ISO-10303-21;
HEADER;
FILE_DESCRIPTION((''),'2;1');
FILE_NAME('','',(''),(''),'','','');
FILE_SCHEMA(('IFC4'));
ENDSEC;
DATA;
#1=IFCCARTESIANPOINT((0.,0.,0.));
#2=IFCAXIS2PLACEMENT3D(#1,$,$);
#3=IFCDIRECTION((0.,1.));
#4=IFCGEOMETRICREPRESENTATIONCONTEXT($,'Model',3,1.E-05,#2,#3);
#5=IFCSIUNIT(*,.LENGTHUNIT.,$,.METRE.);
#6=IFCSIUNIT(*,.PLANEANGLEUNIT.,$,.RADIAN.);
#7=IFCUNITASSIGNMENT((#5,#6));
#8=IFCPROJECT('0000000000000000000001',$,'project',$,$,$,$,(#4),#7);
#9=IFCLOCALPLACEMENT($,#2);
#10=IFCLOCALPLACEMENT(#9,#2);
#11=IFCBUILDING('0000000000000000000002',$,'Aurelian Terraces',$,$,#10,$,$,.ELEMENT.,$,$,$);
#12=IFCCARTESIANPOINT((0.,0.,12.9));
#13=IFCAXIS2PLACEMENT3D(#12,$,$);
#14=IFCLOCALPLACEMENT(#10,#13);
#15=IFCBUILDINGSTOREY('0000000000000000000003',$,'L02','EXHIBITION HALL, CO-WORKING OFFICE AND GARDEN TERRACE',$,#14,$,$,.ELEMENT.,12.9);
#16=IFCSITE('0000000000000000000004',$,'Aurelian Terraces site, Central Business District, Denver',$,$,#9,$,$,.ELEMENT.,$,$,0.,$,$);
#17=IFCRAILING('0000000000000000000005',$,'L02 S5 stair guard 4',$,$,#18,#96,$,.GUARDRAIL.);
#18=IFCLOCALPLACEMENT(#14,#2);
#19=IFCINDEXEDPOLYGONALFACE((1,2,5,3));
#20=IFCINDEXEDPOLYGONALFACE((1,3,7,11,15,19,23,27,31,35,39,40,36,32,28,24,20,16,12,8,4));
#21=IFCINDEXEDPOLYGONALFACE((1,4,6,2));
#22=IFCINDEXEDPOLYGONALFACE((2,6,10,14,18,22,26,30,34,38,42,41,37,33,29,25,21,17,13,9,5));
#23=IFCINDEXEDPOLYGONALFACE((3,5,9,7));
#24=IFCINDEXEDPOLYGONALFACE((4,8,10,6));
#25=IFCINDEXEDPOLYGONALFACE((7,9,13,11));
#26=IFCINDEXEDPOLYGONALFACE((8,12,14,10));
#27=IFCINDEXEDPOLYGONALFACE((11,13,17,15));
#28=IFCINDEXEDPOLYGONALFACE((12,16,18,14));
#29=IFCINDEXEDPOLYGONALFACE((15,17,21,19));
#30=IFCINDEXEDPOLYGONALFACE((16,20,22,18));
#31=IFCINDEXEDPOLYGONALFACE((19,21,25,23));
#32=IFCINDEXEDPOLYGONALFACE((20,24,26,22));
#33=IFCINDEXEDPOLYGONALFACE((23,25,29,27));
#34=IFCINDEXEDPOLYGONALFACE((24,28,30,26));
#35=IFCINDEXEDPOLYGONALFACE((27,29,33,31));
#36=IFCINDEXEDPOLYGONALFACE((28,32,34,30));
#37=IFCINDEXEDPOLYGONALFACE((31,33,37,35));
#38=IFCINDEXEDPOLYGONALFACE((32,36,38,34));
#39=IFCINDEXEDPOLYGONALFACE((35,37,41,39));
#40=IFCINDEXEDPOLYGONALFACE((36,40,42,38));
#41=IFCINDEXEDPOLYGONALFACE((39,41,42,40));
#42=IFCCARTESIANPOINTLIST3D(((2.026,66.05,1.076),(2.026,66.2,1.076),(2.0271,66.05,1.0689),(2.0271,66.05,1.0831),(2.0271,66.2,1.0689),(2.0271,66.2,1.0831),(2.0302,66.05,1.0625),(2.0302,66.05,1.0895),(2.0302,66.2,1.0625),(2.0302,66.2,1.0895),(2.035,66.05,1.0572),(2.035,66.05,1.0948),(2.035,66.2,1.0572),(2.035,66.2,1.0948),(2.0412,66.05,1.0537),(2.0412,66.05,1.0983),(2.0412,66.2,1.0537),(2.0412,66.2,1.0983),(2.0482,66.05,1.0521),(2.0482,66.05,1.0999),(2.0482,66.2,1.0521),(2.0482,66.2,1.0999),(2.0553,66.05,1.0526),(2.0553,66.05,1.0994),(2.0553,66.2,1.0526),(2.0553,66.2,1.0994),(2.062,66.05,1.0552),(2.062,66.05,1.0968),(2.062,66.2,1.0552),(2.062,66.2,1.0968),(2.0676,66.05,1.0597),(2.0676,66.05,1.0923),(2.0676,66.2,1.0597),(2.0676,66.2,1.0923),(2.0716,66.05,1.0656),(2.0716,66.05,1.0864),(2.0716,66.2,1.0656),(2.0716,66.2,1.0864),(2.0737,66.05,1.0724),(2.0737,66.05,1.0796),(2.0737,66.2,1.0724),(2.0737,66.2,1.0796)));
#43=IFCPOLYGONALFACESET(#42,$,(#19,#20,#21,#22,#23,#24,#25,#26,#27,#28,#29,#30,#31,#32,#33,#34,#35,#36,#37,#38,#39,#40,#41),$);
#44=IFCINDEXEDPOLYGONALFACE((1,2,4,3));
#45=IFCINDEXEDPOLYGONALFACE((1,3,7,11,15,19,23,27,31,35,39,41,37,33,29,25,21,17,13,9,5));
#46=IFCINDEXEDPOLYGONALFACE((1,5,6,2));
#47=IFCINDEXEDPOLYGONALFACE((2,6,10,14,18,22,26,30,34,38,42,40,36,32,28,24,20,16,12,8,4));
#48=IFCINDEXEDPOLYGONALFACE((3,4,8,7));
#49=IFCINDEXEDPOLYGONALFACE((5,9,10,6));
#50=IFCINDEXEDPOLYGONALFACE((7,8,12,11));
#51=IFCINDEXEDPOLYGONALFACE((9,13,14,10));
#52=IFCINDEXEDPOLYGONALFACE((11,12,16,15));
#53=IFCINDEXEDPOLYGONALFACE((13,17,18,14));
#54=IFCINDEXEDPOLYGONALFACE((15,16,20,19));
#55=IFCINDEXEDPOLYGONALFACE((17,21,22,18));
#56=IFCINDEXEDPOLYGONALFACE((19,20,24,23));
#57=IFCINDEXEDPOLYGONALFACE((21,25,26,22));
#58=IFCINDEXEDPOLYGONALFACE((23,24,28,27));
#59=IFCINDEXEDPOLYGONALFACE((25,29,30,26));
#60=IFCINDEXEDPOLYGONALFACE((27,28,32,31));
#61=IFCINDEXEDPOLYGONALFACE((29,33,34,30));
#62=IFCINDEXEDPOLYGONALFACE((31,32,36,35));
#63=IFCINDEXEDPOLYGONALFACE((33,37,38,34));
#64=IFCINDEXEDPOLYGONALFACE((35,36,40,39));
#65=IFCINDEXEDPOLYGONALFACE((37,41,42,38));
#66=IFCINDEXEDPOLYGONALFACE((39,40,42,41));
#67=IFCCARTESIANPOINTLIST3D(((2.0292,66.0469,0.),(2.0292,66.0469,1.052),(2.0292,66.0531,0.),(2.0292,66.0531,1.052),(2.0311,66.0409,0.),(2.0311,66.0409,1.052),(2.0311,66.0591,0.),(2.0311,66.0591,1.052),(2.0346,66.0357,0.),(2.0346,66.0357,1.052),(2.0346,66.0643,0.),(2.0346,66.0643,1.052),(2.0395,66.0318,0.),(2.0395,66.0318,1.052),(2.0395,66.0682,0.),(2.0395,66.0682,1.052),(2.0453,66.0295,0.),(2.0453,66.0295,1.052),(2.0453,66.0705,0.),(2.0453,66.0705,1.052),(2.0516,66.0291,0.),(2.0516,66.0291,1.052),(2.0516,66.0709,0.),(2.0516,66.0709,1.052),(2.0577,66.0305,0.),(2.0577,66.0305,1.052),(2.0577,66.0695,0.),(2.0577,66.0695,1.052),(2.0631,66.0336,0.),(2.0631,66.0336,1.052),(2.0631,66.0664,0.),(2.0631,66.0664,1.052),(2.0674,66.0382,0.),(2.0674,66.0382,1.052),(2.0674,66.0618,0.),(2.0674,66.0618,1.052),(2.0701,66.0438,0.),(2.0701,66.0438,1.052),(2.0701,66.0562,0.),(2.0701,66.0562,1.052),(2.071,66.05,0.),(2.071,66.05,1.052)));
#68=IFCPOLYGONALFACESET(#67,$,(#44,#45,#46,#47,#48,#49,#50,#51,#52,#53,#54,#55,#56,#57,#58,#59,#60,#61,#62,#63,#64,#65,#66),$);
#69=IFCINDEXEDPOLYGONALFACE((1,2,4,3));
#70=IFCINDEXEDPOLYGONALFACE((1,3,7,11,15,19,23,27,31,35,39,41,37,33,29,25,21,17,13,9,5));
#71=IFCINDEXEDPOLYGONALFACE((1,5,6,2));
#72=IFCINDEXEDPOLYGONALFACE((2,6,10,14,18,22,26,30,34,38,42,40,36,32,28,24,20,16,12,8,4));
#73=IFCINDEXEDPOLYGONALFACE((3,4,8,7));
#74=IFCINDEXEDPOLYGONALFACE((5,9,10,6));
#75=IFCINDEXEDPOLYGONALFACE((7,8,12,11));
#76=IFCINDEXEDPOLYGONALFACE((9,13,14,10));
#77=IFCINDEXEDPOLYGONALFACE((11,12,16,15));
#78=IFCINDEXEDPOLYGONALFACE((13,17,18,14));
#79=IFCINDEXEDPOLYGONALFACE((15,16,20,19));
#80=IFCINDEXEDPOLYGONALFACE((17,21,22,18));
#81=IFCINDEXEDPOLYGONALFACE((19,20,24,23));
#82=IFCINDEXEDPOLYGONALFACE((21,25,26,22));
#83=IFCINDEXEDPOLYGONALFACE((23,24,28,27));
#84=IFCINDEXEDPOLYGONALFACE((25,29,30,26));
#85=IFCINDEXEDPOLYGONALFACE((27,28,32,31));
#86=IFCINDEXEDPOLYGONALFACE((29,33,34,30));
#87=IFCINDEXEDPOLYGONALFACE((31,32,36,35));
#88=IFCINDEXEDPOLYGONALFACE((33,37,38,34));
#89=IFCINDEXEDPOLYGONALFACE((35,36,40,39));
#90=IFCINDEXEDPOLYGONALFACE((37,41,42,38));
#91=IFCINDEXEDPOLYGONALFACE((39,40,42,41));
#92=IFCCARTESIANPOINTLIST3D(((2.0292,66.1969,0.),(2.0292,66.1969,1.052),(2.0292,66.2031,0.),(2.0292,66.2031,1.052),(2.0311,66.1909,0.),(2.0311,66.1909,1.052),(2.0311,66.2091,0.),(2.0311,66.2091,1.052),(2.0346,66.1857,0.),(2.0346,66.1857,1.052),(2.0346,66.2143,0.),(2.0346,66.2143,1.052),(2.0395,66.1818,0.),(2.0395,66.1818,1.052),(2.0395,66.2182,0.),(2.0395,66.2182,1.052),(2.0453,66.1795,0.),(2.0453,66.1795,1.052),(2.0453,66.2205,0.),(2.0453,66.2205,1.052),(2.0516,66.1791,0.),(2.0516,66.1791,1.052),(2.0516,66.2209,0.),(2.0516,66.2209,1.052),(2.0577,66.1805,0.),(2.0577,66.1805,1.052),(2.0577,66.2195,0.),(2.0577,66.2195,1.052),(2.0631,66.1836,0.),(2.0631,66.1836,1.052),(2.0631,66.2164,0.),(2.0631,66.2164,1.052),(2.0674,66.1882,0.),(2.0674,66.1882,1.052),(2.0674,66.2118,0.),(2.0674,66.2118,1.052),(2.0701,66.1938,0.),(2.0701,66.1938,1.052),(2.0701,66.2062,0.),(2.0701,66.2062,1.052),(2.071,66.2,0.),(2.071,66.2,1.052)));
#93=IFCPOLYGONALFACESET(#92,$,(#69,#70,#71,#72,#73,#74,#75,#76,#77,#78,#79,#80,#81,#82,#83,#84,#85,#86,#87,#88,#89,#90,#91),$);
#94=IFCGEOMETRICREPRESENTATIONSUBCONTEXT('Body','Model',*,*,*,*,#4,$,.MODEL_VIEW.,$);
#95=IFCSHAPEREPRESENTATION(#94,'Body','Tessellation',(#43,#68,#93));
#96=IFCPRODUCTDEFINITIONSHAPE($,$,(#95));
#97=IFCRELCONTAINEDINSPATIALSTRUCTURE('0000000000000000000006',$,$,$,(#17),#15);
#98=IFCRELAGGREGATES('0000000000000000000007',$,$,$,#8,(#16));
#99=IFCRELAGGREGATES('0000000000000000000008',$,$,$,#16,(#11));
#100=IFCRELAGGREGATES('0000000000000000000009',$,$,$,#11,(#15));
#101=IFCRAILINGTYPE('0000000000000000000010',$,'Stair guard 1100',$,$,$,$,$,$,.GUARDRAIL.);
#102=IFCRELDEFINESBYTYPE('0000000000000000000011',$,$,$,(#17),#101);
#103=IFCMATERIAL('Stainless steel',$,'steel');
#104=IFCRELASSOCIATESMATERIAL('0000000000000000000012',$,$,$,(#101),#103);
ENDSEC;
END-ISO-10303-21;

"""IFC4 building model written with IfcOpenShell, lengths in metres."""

from ifc_helpers import new_model, si_unit, direction, frame, origin, origin_2d, place, context, subcontext, project, spatial, circle, extrude, source, transform, mapped, material, type_object, element, save


model = new_model("IFC4")

# Units and contexts
model_context = context("Model", 3, precision=1e-05, world=origin(), true_north=direction((0.0, 1.0)))
body_context = subcontext(model_context, "Body", "Model", "MODEL_VIEW")
ifc_project = project(units=[si_unit("LENGTHUNIT", "METRE"), si_unit("PLANEANGLEUNIT", "RADIAN")], contexts=[model_context])

# Site, building, storey
site_placement = place(None, origin())
site = spatial("IfcSite", under=ifc_project, at=site_placement, Name="Aurelian Terraces site, Central Business District, Denver", CompositionType="ELEMENT", RefElevation=0.0)
building_placement = place(site_placement, origin())
building = spatial("IfcBuilding", under=site, at=building_placement, Name="Aurelian Terraces", CompositionType="ELEMENT")
storey_placement = place(building_placement, frame((0.0, 0.0, 12.9)))
storey = spatial("IfcBuildingStorey", under=building, at=storey_placement, Name="L02", Description="EXHIBITION HALL, CO-WORKING OFFICE AND GARDEN TERRACE", CompositionType="ELEMENT", Elevation=12.9)

# Railing
ifc_material_1 = material(Name="Stainless steel", Category="steel")
railing_type_1 = type_object("IfcRailingType", Name="Stair guard 1100", PredefinedType="GUARDRAIL", material=ifc_material_1)
shared_shape_1 = source(origin(), body_context, "Body", "SweptSolid", [
    extrude(circle(Radius=0.024, at=origin_2d()), frame((0.0, 0.0, 1.076), z_axis=(0.0, 1.0, 0.0), x_axis=(-1.0, 0.0, 0.0)), (0.0, 0.0, 1.0), 0.15),
    extrude(circle(Radius=0.021, at=origin_2d()), origin(), (0.0, 0.0, 1.0), 1.052),
    extrude(circle(Radius=0.021, at=origin_2d()), frame((0.0, 0.15, 0.0)), (0.0, 0.0, 1.0), 1.052),
])
railing_1_placement = place(storey_placement, frame((2.05, 66.05, 0.0)))
element("IfcRailing", 1, at=railing_1_placement, inside=storey, type_object=railing_type_1, Name="L02 S5 stair guard 4", PredefinedType="GUARDRAIL", context=body_context, shape_type="MappedRepresentation", body=[
    mapped(shared_shape_1, transform((0.0, 0.0, 0.0), scale=1.0)),
])

save(model, "model.ifc")
